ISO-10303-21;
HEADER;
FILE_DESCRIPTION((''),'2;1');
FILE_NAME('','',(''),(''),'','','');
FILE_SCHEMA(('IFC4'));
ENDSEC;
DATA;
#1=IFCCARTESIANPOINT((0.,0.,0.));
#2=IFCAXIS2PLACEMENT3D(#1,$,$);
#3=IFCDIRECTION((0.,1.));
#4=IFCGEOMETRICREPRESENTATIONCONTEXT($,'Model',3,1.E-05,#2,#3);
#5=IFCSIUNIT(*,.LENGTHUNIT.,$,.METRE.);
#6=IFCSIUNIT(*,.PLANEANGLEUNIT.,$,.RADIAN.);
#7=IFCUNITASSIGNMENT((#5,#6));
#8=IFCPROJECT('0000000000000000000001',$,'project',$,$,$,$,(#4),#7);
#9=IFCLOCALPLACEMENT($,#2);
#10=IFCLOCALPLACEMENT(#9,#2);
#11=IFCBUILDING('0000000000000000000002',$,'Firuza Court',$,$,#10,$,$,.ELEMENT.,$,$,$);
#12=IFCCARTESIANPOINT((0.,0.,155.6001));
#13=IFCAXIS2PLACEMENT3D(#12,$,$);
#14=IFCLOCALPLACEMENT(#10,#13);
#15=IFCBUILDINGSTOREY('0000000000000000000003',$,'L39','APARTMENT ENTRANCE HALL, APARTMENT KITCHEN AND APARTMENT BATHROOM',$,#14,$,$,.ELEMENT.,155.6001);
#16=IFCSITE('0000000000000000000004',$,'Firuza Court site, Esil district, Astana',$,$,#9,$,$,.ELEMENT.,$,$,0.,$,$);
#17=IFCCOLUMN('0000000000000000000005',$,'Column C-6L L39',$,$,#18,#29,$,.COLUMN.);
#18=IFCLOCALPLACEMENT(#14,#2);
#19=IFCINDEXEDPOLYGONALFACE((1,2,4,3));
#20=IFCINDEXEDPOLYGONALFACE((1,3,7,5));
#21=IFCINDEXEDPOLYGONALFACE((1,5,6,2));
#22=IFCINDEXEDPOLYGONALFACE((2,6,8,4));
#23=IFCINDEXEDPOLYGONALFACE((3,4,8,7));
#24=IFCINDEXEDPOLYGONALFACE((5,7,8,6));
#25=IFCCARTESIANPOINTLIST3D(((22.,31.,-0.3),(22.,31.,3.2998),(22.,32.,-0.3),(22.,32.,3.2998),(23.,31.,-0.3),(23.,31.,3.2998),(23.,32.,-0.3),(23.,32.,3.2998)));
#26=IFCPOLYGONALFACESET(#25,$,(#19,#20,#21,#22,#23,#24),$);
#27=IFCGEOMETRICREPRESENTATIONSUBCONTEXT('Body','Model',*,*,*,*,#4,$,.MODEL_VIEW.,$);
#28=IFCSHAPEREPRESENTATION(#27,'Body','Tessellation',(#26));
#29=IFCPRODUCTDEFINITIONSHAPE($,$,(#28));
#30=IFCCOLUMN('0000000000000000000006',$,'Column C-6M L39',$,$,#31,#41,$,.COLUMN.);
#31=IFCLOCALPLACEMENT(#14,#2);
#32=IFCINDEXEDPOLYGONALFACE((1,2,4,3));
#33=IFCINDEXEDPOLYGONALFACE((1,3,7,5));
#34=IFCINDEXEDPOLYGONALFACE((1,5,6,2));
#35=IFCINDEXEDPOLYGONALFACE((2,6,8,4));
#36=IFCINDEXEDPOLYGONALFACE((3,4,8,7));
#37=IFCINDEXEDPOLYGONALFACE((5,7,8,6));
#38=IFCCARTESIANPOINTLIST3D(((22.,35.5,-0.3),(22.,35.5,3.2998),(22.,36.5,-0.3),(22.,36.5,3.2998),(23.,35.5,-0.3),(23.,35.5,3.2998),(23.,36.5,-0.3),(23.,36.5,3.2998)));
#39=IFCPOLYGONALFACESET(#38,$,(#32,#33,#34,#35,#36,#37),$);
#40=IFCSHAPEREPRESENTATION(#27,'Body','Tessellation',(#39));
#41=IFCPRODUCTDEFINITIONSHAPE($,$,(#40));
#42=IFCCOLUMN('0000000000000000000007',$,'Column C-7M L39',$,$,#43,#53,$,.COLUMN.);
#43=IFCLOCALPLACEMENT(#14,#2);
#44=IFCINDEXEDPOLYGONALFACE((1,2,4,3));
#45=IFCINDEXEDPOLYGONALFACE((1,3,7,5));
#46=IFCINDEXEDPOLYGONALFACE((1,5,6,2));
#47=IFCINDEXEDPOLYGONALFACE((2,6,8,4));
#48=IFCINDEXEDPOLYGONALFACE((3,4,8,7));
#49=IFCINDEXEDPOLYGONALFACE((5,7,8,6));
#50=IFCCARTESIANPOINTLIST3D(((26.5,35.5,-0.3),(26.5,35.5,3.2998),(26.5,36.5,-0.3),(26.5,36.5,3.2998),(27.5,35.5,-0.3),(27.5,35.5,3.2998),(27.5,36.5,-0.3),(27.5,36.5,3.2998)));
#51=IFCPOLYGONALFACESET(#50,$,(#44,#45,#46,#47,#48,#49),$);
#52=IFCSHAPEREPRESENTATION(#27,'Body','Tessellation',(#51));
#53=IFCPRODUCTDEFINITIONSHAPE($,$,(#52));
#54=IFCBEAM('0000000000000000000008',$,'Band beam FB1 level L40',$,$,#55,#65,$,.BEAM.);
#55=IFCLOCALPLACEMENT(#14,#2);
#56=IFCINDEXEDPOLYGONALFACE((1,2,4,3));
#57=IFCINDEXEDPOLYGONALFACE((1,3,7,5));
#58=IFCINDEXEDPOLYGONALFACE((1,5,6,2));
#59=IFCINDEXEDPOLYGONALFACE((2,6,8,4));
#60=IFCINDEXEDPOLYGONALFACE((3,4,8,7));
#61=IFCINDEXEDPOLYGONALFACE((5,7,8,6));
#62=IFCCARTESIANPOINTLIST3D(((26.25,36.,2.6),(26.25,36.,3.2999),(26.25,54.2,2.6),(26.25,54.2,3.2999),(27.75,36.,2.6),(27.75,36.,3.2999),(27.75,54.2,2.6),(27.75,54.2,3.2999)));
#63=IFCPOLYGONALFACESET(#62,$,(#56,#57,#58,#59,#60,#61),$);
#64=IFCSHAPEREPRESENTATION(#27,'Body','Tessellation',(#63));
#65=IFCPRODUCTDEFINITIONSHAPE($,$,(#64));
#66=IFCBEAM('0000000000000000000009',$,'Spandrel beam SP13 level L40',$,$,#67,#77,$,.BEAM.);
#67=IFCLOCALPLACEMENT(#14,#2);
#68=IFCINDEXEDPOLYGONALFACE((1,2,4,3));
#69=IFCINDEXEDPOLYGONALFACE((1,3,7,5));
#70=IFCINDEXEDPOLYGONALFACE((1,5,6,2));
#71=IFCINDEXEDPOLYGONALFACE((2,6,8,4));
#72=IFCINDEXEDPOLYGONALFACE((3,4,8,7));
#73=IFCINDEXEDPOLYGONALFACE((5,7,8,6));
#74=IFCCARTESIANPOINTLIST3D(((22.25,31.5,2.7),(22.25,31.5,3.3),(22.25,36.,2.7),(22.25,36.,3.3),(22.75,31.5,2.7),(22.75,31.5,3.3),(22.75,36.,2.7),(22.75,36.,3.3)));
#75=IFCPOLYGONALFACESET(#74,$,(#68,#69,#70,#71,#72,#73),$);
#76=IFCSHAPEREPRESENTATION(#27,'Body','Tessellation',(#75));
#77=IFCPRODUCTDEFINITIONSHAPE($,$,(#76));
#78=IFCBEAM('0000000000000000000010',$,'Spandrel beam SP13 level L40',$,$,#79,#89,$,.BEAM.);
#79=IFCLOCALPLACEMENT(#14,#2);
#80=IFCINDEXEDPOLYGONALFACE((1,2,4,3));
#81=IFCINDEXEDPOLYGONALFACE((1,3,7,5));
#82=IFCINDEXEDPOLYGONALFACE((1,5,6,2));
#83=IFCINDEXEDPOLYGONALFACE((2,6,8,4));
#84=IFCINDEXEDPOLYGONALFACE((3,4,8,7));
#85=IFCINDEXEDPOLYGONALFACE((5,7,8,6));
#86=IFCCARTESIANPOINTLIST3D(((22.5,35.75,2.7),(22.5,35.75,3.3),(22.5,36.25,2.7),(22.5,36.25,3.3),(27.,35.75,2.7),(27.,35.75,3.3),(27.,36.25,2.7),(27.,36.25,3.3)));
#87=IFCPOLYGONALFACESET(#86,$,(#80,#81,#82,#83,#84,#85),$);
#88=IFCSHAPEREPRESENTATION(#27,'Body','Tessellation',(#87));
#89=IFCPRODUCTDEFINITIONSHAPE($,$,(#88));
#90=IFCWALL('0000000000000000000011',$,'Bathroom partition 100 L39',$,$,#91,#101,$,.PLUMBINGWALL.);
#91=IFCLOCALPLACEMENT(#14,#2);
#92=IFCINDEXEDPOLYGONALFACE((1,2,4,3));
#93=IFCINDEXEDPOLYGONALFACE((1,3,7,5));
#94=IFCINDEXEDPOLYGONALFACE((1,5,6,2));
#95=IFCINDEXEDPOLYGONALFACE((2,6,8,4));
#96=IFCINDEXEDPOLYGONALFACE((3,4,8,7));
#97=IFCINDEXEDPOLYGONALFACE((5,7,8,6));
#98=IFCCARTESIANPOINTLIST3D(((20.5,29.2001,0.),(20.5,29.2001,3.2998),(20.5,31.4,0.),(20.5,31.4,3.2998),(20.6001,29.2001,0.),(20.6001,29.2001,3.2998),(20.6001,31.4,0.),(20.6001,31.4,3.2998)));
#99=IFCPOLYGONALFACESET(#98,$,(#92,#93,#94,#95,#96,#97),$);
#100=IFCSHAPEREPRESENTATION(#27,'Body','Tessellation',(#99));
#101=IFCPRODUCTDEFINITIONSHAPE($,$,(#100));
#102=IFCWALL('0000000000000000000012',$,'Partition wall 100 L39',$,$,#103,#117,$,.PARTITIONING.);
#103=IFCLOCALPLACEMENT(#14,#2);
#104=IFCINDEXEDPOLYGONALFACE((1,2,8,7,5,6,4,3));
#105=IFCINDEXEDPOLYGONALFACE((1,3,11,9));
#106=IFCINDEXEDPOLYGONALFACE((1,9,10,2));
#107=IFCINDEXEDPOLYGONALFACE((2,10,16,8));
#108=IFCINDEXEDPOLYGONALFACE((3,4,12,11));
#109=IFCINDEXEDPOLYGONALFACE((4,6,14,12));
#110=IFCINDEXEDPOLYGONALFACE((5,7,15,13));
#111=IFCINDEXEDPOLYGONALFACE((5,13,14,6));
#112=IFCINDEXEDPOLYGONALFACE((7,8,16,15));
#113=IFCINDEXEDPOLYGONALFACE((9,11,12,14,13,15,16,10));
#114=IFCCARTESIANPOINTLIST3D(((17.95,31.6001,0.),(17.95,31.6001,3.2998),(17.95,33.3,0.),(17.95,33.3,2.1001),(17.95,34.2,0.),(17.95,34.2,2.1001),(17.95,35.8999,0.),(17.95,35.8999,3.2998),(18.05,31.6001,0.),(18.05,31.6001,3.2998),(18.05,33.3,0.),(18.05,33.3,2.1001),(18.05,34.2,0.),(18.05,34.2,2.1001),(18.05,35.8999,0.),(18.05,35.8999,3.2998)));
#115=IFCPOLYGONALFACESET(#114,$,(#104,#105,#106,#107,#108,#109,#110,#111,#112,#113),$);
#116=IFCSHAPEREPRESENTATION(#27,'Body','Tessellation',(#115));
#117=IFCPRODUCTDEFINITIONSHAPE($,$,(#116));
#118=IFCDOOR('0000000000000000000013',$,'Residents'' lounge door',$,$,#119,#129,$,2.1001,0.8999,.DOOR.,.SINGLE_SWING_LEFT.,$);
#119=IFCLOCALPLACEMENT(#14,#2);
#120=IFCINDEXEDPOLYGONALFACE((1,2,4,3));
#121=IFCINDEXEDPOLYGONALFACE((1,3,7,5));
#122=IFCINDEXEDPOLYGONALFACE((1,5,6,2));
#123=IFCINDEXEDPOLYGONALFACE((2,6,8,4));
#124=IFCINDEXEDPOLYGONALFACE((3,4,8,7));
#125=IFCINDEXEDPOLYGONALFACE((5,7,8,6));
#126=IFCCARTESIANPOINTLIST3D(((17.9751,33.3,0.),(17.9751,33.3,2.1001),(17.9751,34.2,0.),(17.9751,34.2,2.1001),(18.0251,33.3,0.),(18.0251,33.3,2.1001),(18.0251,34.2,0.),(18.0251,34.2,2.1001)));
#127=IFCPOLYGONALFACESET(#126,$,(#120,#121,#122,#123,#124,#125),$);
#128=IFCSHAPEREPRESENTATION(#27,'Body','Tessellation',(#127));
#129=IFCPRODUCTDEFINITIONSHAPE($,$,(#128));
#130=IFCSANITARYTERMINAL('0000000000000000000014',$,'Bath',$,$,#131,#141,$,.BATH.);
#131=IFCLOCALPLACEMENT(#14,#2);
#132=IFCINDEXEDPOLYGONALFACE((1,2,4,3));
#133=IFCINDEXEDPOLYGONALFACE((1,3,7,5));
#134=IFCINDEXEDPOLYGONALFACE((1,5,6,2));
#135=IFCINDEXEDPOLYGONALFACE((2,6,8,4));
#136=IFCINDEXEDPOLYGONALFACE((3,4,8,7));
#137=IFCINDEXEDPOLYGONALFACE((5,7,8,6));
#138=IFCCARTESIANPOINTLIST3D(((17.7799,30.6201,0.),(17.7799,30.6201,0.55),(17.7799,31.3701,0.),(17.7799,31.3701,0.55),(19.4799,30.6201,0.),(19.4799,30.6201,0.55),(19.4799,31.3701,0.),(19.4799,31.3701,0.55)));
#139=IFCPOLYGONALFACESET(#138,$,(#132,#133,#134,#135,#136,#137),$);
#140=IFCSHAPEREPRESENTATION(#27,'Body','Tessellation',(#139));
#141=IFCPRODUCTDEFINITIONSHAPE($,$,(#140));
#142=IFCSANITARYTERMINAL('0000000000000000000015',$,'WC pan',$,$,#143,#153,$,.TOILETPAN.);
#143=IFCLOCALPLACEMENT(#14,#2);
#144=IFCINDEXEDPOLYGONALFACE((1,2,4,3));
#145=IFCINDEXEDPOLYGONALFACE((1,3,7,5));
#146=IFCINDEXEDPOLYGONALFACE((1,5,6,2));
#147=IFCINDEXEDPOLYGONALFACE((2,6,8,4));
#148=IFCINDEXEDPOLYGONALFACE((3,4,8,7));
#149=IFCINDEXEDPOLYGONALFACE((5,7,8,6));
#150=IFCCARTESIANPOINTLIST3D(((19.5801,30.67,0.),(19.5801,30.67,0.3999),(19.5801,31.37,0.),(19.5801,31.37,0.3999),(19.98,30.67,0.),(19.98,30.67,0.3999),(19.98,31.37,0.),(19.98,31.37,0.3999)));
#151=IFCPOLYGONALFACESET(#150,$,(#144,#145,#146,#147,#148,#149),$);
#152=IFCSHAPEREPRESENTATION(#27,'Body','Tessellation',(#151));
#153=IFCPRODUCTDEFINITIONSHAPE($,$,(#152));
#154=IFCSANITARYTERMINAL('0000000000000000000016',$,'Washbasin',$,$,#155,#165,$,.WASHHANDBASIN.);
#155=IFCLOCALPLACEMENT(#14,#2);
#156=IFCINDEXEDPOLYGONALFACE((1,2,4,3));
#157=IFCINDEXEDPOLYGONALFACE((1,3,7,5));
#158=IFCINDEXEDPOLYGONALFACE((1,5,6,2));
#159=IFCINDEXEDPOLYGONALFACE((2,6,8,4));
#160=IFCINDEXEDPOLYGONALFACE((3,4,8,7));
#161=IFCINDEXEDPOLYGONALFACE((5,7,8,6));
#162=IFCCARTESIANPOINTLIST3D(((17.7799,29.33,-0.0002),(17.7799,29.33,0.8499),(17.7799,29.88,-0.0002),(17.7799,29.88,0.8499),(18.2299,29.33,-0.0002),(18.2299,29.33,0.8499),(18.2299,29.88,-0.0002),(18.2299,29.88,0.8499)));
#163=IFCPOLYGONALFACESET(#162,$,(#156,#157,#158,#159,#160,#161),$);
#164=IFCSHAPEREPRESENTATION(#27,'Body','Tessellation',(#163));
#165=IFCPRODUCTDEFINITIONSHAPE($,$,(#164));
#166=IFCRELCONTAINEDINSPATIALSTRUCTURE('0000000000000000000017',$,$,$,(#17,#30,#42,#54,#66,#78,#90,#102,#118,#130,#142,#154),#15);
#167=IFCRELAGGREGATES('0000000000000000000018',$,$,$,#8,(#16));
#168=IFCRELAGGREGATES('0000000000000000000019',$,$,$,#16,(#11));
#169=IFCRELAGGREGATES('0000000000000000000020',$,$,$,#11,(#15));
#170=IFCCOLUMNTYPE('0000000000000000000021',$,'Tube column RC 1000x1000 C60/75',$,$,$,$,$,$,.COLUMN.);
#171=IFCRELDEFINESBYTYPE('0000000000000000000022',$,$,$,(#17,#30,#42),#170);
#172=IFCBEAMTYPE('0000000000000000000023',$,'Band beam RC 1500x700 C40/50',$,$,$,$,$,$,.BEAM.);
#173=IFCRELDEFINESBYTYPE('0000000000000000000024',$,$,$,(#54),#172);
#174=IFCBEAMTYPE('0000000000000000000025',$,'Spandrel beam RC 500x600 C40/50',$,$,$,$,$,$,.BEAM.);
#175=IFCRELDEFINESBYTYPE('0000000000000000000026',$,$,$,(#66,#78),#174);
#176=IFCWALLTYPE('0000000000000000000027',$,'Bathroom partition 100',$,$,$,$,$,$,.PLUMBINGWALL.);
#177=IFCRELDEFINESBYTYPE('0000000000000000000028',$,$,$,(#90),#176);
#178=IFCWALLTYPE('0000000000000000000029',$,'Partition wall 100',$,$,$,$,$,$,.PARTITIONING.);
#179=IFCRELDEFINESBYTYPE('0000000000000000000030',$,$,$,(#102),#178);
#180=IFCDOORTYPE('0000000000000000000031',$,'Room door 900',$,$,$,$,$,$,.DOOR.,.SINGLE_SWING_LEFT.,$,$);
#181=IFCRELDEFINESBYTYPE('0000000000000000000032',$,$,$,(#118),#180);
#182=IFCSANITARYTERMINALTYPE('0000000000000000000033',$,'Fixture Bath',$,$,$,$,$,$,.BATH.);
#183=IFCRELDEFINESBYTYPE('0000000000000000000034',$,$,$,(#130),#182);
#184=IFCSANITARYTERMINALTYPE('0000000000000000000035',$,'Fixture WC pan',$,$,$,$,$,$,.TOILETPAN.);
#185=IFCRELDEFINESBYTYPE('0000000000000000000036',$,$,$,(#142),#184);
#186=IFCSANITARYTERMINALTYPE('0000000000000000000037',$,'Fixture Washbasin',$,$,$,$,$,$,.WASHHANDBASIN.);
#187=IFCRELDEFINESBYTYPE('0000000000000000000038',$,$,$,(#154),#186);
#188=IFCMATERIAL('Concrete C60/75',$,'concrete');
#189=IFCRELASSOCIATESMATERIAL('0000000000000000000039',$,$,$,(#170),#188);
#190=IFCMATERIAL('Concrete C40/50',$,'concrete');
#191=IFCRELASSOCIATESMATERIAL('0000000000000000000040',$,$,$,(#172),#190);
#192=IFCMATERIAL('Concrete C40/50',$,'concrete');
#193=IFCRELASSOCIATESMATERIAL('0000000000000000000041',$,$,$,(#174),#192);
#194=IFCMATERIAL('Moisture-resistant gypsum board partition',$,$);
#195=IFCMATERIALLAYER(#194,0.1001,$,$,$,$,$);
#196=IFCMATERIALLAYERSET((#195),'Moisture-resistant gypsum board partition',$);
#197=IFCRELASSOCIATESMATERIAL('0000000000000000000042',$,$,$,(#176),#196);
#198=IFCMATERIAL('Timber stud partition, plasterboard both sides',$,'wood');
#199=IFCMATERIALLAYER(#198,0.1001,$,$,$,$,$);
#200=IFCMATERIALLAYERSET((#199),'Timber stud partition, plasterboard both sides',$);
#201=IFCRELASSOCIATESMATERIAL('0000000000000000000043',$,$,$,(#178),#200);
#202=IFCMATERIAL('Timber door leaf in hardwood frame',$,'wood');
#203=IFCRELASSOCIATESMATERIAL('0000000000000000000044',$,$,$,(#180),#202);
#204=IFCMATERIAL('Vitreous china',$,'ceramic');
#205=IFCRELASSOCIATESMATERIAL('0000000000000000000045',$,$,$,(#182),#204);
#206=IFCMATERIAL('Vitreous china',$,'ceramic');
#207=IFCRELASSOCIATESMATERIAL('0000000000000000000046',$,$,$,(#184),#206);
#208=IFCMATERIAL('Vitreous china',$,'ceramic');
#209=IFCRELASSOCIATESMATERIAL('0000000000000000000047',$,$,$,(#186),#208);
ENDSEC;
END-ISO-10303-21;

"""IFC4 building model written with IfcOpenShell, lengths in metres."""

from ifc_helpers import new_model, si_unit, direction, frame, frame_2d, origin, origin_2d, place, context, subcontext, project, spatial, rectangle, extrude, material, layer, layer_set, material_profile, profile_set, type_object, element, fill, save


model = new_model("IFC4")

# Units and contexts
model_context = context("Model", 3, precision=1e-05, world=origin(), true_north=direction((0.0, 1.0)))
body_context = subcontext(model_context, "Body", "Model", "MODEL_VIEW")
ifc_project = project(units=[si_unit("LENGTHUNIT", "METRE"), si_unit("PLANEANGLEUNIT", "RADIAN")], contexts=[model_context])

# Site, building, storey
site_placement = place(None, origin())
site = spatial("IfcSite", under=ifc_project, at=site_placement, Name="Firuza Court site, Esil district, Astana", CompositionType="ELEMENT", RefElevation=0.0)
building_placement = place(site_placement, origin())
building = spatial("IfcBuilding", under=site, at=building_placement, Name="Firuza Court", CompositionType="ELEMENT")
storey_placement = place(building_placement, frame((0.0, 0.0, 155.6001)))
storey = spatial("IfcBuildingStorey", under=building, at=storey_placement, Name="L39", Description="APARTMENT ENTRANCE HALL, APARTMENT KITCHEN AND APARTMENT BATHROOM", CompositionType="ELEMENT", Elevation=155.6001)

# Columns
ifc_material_1 = material(Name="Concrete C60/75", Category="concrete")
ifc_material_profile_1 = material_profile(ifc_material_1, rectangle(XDim=1.0, YDim=1.0, at=origin_2d()), Name="RC 1000x1000")
ifc_profile_set_1 = profile_set([ifc_material_profile_1], Name="Concrete C60/75")
column_type = type_object("IfcColumnType", Name="Tube column RC 1000x1000 C60/75", PredefinedType="COLUMN", material=ifc_profile_set_1)
for number, where, z_axis, x_axis, name in (
    (1, (22.5, 31.5, -0.3), (0.0, 0.0, 1.0), (1.0, 0.0, 0.0), "Column C-6L L39"),
    (2, (22.5, 36.0, -0.3), (0.0, 0.0, 1.0), (1.0, 0.0, 0.0), "Column C-6M L39"),
    (3, (27.0, 36.0, -0.3), (0.0, 0.0, 1.0), (1.0, 0.0, 0.0), "Column C-7M L39"),
):
    element("IfcColumn", number, at=place(storey_placement, frame(where, z_axis=z_axis, x_axis=x_axis)), inside=storey, type_object=column_type, Name=name, PredefinedType="COLUMN", context=body_context, shape_type="SweptSolid", body=[
        extrude(rectangle(XDim=1.0, YDim=1.0, at=origin_2d()), origin(), (0.0, 0.0, 1.0), 3.5999),
    ])

# Beams
ifc_material_2 = material(Name="Concrete C40/50", Category="concrete")
ifc_material_profile_2 = material_profile(ifc_material_2, rectangle(XDim=1.5, YDim=0.7, at=origin_2d()), Name="RC 1500x700")
ifc_profile_set_2 = profile_set([ifc_material_profile_2], Name="Concrete C40/50")
beam_type_1 = type_object("IfcBeamType", Name="Band beam RC 1500x700 C40/50", PredefinedType="BEAM", material=ifc_profile_set_2)
beam_placement = place(storey_placement, frame((27.0, 36.0, 2.95), z_axis=(0.0, 1.0, 0.0), x_axis=(-1.0, 0.0, 0.0)))
element("IfcBeam", 4, at=beam_placement, inside=storey, type_object=beam_type_1, Name="Band beam FB1 level L40", PredefinedType="BEAM", context=body_context, shape_type="SweptSolid", body=[
    extrude(rectangle(XDim=1.5, YDim=0.7, at=origin_2d()), origin(), (0.0, 0.0, 1.0), 18.2),
])
ifc_material_3 = material(Name="Concrete C40/50", Category="concrete")
ifc_material_profile_3 = material_profile(ifc_material_3, rectangle(XDim=0.5, YDim=0.6001, at=origin_2d()), Name="RC 500x600")
ifc_profile_set_3 = profile_set([ifc_material_profile_3], Name="Concrete C40/50")
beam_type_2 = type_object("IfcBeamType", Name="Spandrel beam RC 500x600 C40/50", PredefinedType="BEAM", material=ifc_profile_set_3)
for number, where, z_axis, x_axis, name in (
    (5, (22.5, 31.5, 3.0), (0.0, 1.0, 0.0), (-1.0, 0.0, 0.0), "Spandrel beam SP13 level L40"),
    (6, (22.5, 36.0, 3.0), (1.0, 0.0, 0.0), (0.0, 1.0, 0.0), "Spandrel beam SP13 level L40"),
):
    element("IfcBeam", number, at=place(storey_placement, frame(where, z_axis=z_axis, x_axis=x_axis)), inside=storey, type_object=beam_type_2, Name=name, PredefinedType="BEAM", context=body_context, shape_type="SweptSolid", body=[
        extrude(rectangle(XDim=0.5, YDim=0.6001, at=origin_2d()), origin(), (0.0, 0.0, 1.0), 4.5),
    ])

# Wall
ifc_material_4 = material(Name="Moisture-resistant gypsum board partition")
ifc_layer_1 = layer(ifc_material_4, 0.1001)
ifc_layer_set_1 = layer_set([ifc_layer_1], Name="Moisture-resistant gypsum board partition")
wall_type_1 = type_object("IfcWallType", Name="Bathroom partition 100", PredefinedType="PLUMBINGWALL", material=ifc_layer_set_1)
wall_1_placement = place(storey_placement, frame((20.55, 29.2, 0.0), z_axis=(0.0, 0.0, 1.0), x_axis=(0.0, 1.0, 0.0)))
element("IfcWall", 7, at=wall_1_placement, inside=storey, type_object=wall_type_1, Name="Bathroom partition 100 L39", PredefinedType="PLUMBINGWALL", context=body_context, shape_type="SweptSolid", body=[
    extrude(rectangle(XDim=2.2, YDim=0.1001, at=frame_2d((1.1001, 0.0))), origin(), (0.0, 0.0, 1.0), 3.2998),
])

# Wall, opening, door
ifc_material_5 = material(Name="Timber stud partition, plasterboard both sides", Category="wood")
ifc_layer_2 = layer(ifc_material_5, 0.1001)
ifc_layer_set_2 = layer_set([ifc_layer_2], Name="Timber stud partition, plasterboard both sides")
wall_type_2 = type_object("IfcWallType", Name="Partition wall 100", PredefinedType="PARTITIONING", material=ifc_layer_set_2)
wall_2_placement = place(storey_placement, frame((18.0, 31.6001, 0.0), z_axis=(0.0, 0.0, 1.0), x_axis=(0.0, 1.0, 0.0)))
wall_2 = element("IfcWall", 8, at=wall_2_placement, inside=storey, type_object=wall_type_2, Name="Partition wall 100 L39", PredefinedType="PARTITIONING", context=body_context, shape_type="SweptSolid", body=[
    extrude(rectangle(XDim=4.2998, YDim=0.1001, at=frame_2d((2.1499, 0.0))), origin(), (0.0, 0.0, 1.0), 3.2998),
])
opening_1_placement = place(wall_2_placement, frame((1.7, 0.0, 0.0)))
opening_1 = element("IfcOpeningElement", 9, at=opening_1_placement, cuts=wall_2, PredefinedType="OPENING", context=body_context, shape_type="SweptSolid", body=[
    extrude(rectangle(XDim=0.8999, YDim=2.1001, at=frame_2d((0.45, 1.05))), frame((0.0, 0.062, 0.0), z_axis=(0.0, -1.0, 0.0), x_axis=(1.0, 0.0, 0.0)), (0.0, 0.0, 1.0), 0.124),
])
ifc_material_6 = material(Name="Timber door leaf in hardwood frame", Category="wood")
door_type = type_object("IfcDoorType", Name="Room door 900", OperationType="SINGLE_SWING_LEFT", PredefinedType="DOOR", material=ifc_material_6)
door_placement = place(opening_1_placement, origin())
door = element("IfcDoor", 10, at=door_placement, inside=storey, type_object=door_type, Name="Residents' lounge door", OperationType="SINGLE_SWING_LEFT", OverallHeight=2.1001, OverallWidth=0.8999, PredefinedType="DOOR", context=body_context, shape_type="SweptSolid", body=[
    extrude(rectangle(XDim=0.8999, YDim=2.1001, at=frame_2d((0.45, 1.05))), frame((0.0, 0.0249, 0.0), z_axis=(0.0, -1.0, 0.0), x_axis=(1.0, 0.0, 0.0)), (0.0, 0.0, 1.0), 0.05),
])
fill(opening_1, door)

# Sanitary terminals
ifc_material_7 = material(Name="Vitreous china", Category="ceramic")
sanitary_terminal_type_1 = type_object("IfcSanitaryTerminalType", Name="Fixture Bath", PredefinedType="BATH", material=ifc_material_7)
sanitary_terminal_1_placement = place(storey_placement, frame((18.6299, 30.9951, 0.0), z_axis=(0.0, 0.0, 1.0), x_axis=(1.0, 0.0, 0.0)))
element("IfcSanitaryTerminal", 11, at=sanitary_terminal_1_placement, inside=storey, type_object=sanitary_terminal_type_1, Name="Bath", PredefinedType="BATH", context=body_context, shape_type="SweptSolid", body=[
    extrude(rectangle(XDim=1.7, YDim=0.75, at=origin_2d()), origin(), (0.0, 0.0, 1.0), 0.55),
])
ifc_material_8 = material(Name="Vitreous china", Category="ceramic")
sanitary_terminal_type_2 = type_object("IfcSanitaryTerminalType", Name="Fixture WC pan", PredefinedType="TOILETPAN", material=ifc_material_8)
sanitary_terminal_2_placement = place(storey_placement, frame((19.78, 31.02, 0.0), z_axis=(0.0, 0.0, 1.0), x_axis=(1.0, 0.0, 0.0)))
element("IfcSanitaryTerminal", 12, at=sanitary_terminal_2_placement, inside=storey, type_object=sanitary_terminal_type_2, Name="WC pan", PredefinedType="TOILETPAN", context=body_context, shape_type="SweptSolid", body=[
    extrude(rectangle(XDim=0.3999, YDim=0.7, at=origin_2d()), origin(), (0.0, 0.0, 1.0), 0.3999),
])
ifc_material_9 = material(Name="Vitreous china", Category="ceramic")
sanitary_terminal_type_3 = type_object("IfcSanitaryTerminalType", Name="Fixture Washbasin", PredefinedType="WASHHANDBASIN", material=ifc_material_9)
sanitary_terminal_3_placement = place(storey_placement, frame((18.0049, 29.605, -0.0002), z_axis=(0.0, 0.0, 1.0), x_axis=(1.0, 0.0, 0.0)))
element("IfcSanitaryTerminal", 13, at=sanitary_terminal_3_placement, inside=storey, type_object=sanitary_terminal_type_3, Name="Washbasin", PredefinedType="WASHHANDBASIN", context=body_context, shape_type="SweptSolid", body=[
    extrude(rectangle(XDim=0.45, YDim=0.55, at=origin_2d()), origin(), (0.0, 0.0, 1.0), 0.8501),
])

save(model, "model.ifc")
